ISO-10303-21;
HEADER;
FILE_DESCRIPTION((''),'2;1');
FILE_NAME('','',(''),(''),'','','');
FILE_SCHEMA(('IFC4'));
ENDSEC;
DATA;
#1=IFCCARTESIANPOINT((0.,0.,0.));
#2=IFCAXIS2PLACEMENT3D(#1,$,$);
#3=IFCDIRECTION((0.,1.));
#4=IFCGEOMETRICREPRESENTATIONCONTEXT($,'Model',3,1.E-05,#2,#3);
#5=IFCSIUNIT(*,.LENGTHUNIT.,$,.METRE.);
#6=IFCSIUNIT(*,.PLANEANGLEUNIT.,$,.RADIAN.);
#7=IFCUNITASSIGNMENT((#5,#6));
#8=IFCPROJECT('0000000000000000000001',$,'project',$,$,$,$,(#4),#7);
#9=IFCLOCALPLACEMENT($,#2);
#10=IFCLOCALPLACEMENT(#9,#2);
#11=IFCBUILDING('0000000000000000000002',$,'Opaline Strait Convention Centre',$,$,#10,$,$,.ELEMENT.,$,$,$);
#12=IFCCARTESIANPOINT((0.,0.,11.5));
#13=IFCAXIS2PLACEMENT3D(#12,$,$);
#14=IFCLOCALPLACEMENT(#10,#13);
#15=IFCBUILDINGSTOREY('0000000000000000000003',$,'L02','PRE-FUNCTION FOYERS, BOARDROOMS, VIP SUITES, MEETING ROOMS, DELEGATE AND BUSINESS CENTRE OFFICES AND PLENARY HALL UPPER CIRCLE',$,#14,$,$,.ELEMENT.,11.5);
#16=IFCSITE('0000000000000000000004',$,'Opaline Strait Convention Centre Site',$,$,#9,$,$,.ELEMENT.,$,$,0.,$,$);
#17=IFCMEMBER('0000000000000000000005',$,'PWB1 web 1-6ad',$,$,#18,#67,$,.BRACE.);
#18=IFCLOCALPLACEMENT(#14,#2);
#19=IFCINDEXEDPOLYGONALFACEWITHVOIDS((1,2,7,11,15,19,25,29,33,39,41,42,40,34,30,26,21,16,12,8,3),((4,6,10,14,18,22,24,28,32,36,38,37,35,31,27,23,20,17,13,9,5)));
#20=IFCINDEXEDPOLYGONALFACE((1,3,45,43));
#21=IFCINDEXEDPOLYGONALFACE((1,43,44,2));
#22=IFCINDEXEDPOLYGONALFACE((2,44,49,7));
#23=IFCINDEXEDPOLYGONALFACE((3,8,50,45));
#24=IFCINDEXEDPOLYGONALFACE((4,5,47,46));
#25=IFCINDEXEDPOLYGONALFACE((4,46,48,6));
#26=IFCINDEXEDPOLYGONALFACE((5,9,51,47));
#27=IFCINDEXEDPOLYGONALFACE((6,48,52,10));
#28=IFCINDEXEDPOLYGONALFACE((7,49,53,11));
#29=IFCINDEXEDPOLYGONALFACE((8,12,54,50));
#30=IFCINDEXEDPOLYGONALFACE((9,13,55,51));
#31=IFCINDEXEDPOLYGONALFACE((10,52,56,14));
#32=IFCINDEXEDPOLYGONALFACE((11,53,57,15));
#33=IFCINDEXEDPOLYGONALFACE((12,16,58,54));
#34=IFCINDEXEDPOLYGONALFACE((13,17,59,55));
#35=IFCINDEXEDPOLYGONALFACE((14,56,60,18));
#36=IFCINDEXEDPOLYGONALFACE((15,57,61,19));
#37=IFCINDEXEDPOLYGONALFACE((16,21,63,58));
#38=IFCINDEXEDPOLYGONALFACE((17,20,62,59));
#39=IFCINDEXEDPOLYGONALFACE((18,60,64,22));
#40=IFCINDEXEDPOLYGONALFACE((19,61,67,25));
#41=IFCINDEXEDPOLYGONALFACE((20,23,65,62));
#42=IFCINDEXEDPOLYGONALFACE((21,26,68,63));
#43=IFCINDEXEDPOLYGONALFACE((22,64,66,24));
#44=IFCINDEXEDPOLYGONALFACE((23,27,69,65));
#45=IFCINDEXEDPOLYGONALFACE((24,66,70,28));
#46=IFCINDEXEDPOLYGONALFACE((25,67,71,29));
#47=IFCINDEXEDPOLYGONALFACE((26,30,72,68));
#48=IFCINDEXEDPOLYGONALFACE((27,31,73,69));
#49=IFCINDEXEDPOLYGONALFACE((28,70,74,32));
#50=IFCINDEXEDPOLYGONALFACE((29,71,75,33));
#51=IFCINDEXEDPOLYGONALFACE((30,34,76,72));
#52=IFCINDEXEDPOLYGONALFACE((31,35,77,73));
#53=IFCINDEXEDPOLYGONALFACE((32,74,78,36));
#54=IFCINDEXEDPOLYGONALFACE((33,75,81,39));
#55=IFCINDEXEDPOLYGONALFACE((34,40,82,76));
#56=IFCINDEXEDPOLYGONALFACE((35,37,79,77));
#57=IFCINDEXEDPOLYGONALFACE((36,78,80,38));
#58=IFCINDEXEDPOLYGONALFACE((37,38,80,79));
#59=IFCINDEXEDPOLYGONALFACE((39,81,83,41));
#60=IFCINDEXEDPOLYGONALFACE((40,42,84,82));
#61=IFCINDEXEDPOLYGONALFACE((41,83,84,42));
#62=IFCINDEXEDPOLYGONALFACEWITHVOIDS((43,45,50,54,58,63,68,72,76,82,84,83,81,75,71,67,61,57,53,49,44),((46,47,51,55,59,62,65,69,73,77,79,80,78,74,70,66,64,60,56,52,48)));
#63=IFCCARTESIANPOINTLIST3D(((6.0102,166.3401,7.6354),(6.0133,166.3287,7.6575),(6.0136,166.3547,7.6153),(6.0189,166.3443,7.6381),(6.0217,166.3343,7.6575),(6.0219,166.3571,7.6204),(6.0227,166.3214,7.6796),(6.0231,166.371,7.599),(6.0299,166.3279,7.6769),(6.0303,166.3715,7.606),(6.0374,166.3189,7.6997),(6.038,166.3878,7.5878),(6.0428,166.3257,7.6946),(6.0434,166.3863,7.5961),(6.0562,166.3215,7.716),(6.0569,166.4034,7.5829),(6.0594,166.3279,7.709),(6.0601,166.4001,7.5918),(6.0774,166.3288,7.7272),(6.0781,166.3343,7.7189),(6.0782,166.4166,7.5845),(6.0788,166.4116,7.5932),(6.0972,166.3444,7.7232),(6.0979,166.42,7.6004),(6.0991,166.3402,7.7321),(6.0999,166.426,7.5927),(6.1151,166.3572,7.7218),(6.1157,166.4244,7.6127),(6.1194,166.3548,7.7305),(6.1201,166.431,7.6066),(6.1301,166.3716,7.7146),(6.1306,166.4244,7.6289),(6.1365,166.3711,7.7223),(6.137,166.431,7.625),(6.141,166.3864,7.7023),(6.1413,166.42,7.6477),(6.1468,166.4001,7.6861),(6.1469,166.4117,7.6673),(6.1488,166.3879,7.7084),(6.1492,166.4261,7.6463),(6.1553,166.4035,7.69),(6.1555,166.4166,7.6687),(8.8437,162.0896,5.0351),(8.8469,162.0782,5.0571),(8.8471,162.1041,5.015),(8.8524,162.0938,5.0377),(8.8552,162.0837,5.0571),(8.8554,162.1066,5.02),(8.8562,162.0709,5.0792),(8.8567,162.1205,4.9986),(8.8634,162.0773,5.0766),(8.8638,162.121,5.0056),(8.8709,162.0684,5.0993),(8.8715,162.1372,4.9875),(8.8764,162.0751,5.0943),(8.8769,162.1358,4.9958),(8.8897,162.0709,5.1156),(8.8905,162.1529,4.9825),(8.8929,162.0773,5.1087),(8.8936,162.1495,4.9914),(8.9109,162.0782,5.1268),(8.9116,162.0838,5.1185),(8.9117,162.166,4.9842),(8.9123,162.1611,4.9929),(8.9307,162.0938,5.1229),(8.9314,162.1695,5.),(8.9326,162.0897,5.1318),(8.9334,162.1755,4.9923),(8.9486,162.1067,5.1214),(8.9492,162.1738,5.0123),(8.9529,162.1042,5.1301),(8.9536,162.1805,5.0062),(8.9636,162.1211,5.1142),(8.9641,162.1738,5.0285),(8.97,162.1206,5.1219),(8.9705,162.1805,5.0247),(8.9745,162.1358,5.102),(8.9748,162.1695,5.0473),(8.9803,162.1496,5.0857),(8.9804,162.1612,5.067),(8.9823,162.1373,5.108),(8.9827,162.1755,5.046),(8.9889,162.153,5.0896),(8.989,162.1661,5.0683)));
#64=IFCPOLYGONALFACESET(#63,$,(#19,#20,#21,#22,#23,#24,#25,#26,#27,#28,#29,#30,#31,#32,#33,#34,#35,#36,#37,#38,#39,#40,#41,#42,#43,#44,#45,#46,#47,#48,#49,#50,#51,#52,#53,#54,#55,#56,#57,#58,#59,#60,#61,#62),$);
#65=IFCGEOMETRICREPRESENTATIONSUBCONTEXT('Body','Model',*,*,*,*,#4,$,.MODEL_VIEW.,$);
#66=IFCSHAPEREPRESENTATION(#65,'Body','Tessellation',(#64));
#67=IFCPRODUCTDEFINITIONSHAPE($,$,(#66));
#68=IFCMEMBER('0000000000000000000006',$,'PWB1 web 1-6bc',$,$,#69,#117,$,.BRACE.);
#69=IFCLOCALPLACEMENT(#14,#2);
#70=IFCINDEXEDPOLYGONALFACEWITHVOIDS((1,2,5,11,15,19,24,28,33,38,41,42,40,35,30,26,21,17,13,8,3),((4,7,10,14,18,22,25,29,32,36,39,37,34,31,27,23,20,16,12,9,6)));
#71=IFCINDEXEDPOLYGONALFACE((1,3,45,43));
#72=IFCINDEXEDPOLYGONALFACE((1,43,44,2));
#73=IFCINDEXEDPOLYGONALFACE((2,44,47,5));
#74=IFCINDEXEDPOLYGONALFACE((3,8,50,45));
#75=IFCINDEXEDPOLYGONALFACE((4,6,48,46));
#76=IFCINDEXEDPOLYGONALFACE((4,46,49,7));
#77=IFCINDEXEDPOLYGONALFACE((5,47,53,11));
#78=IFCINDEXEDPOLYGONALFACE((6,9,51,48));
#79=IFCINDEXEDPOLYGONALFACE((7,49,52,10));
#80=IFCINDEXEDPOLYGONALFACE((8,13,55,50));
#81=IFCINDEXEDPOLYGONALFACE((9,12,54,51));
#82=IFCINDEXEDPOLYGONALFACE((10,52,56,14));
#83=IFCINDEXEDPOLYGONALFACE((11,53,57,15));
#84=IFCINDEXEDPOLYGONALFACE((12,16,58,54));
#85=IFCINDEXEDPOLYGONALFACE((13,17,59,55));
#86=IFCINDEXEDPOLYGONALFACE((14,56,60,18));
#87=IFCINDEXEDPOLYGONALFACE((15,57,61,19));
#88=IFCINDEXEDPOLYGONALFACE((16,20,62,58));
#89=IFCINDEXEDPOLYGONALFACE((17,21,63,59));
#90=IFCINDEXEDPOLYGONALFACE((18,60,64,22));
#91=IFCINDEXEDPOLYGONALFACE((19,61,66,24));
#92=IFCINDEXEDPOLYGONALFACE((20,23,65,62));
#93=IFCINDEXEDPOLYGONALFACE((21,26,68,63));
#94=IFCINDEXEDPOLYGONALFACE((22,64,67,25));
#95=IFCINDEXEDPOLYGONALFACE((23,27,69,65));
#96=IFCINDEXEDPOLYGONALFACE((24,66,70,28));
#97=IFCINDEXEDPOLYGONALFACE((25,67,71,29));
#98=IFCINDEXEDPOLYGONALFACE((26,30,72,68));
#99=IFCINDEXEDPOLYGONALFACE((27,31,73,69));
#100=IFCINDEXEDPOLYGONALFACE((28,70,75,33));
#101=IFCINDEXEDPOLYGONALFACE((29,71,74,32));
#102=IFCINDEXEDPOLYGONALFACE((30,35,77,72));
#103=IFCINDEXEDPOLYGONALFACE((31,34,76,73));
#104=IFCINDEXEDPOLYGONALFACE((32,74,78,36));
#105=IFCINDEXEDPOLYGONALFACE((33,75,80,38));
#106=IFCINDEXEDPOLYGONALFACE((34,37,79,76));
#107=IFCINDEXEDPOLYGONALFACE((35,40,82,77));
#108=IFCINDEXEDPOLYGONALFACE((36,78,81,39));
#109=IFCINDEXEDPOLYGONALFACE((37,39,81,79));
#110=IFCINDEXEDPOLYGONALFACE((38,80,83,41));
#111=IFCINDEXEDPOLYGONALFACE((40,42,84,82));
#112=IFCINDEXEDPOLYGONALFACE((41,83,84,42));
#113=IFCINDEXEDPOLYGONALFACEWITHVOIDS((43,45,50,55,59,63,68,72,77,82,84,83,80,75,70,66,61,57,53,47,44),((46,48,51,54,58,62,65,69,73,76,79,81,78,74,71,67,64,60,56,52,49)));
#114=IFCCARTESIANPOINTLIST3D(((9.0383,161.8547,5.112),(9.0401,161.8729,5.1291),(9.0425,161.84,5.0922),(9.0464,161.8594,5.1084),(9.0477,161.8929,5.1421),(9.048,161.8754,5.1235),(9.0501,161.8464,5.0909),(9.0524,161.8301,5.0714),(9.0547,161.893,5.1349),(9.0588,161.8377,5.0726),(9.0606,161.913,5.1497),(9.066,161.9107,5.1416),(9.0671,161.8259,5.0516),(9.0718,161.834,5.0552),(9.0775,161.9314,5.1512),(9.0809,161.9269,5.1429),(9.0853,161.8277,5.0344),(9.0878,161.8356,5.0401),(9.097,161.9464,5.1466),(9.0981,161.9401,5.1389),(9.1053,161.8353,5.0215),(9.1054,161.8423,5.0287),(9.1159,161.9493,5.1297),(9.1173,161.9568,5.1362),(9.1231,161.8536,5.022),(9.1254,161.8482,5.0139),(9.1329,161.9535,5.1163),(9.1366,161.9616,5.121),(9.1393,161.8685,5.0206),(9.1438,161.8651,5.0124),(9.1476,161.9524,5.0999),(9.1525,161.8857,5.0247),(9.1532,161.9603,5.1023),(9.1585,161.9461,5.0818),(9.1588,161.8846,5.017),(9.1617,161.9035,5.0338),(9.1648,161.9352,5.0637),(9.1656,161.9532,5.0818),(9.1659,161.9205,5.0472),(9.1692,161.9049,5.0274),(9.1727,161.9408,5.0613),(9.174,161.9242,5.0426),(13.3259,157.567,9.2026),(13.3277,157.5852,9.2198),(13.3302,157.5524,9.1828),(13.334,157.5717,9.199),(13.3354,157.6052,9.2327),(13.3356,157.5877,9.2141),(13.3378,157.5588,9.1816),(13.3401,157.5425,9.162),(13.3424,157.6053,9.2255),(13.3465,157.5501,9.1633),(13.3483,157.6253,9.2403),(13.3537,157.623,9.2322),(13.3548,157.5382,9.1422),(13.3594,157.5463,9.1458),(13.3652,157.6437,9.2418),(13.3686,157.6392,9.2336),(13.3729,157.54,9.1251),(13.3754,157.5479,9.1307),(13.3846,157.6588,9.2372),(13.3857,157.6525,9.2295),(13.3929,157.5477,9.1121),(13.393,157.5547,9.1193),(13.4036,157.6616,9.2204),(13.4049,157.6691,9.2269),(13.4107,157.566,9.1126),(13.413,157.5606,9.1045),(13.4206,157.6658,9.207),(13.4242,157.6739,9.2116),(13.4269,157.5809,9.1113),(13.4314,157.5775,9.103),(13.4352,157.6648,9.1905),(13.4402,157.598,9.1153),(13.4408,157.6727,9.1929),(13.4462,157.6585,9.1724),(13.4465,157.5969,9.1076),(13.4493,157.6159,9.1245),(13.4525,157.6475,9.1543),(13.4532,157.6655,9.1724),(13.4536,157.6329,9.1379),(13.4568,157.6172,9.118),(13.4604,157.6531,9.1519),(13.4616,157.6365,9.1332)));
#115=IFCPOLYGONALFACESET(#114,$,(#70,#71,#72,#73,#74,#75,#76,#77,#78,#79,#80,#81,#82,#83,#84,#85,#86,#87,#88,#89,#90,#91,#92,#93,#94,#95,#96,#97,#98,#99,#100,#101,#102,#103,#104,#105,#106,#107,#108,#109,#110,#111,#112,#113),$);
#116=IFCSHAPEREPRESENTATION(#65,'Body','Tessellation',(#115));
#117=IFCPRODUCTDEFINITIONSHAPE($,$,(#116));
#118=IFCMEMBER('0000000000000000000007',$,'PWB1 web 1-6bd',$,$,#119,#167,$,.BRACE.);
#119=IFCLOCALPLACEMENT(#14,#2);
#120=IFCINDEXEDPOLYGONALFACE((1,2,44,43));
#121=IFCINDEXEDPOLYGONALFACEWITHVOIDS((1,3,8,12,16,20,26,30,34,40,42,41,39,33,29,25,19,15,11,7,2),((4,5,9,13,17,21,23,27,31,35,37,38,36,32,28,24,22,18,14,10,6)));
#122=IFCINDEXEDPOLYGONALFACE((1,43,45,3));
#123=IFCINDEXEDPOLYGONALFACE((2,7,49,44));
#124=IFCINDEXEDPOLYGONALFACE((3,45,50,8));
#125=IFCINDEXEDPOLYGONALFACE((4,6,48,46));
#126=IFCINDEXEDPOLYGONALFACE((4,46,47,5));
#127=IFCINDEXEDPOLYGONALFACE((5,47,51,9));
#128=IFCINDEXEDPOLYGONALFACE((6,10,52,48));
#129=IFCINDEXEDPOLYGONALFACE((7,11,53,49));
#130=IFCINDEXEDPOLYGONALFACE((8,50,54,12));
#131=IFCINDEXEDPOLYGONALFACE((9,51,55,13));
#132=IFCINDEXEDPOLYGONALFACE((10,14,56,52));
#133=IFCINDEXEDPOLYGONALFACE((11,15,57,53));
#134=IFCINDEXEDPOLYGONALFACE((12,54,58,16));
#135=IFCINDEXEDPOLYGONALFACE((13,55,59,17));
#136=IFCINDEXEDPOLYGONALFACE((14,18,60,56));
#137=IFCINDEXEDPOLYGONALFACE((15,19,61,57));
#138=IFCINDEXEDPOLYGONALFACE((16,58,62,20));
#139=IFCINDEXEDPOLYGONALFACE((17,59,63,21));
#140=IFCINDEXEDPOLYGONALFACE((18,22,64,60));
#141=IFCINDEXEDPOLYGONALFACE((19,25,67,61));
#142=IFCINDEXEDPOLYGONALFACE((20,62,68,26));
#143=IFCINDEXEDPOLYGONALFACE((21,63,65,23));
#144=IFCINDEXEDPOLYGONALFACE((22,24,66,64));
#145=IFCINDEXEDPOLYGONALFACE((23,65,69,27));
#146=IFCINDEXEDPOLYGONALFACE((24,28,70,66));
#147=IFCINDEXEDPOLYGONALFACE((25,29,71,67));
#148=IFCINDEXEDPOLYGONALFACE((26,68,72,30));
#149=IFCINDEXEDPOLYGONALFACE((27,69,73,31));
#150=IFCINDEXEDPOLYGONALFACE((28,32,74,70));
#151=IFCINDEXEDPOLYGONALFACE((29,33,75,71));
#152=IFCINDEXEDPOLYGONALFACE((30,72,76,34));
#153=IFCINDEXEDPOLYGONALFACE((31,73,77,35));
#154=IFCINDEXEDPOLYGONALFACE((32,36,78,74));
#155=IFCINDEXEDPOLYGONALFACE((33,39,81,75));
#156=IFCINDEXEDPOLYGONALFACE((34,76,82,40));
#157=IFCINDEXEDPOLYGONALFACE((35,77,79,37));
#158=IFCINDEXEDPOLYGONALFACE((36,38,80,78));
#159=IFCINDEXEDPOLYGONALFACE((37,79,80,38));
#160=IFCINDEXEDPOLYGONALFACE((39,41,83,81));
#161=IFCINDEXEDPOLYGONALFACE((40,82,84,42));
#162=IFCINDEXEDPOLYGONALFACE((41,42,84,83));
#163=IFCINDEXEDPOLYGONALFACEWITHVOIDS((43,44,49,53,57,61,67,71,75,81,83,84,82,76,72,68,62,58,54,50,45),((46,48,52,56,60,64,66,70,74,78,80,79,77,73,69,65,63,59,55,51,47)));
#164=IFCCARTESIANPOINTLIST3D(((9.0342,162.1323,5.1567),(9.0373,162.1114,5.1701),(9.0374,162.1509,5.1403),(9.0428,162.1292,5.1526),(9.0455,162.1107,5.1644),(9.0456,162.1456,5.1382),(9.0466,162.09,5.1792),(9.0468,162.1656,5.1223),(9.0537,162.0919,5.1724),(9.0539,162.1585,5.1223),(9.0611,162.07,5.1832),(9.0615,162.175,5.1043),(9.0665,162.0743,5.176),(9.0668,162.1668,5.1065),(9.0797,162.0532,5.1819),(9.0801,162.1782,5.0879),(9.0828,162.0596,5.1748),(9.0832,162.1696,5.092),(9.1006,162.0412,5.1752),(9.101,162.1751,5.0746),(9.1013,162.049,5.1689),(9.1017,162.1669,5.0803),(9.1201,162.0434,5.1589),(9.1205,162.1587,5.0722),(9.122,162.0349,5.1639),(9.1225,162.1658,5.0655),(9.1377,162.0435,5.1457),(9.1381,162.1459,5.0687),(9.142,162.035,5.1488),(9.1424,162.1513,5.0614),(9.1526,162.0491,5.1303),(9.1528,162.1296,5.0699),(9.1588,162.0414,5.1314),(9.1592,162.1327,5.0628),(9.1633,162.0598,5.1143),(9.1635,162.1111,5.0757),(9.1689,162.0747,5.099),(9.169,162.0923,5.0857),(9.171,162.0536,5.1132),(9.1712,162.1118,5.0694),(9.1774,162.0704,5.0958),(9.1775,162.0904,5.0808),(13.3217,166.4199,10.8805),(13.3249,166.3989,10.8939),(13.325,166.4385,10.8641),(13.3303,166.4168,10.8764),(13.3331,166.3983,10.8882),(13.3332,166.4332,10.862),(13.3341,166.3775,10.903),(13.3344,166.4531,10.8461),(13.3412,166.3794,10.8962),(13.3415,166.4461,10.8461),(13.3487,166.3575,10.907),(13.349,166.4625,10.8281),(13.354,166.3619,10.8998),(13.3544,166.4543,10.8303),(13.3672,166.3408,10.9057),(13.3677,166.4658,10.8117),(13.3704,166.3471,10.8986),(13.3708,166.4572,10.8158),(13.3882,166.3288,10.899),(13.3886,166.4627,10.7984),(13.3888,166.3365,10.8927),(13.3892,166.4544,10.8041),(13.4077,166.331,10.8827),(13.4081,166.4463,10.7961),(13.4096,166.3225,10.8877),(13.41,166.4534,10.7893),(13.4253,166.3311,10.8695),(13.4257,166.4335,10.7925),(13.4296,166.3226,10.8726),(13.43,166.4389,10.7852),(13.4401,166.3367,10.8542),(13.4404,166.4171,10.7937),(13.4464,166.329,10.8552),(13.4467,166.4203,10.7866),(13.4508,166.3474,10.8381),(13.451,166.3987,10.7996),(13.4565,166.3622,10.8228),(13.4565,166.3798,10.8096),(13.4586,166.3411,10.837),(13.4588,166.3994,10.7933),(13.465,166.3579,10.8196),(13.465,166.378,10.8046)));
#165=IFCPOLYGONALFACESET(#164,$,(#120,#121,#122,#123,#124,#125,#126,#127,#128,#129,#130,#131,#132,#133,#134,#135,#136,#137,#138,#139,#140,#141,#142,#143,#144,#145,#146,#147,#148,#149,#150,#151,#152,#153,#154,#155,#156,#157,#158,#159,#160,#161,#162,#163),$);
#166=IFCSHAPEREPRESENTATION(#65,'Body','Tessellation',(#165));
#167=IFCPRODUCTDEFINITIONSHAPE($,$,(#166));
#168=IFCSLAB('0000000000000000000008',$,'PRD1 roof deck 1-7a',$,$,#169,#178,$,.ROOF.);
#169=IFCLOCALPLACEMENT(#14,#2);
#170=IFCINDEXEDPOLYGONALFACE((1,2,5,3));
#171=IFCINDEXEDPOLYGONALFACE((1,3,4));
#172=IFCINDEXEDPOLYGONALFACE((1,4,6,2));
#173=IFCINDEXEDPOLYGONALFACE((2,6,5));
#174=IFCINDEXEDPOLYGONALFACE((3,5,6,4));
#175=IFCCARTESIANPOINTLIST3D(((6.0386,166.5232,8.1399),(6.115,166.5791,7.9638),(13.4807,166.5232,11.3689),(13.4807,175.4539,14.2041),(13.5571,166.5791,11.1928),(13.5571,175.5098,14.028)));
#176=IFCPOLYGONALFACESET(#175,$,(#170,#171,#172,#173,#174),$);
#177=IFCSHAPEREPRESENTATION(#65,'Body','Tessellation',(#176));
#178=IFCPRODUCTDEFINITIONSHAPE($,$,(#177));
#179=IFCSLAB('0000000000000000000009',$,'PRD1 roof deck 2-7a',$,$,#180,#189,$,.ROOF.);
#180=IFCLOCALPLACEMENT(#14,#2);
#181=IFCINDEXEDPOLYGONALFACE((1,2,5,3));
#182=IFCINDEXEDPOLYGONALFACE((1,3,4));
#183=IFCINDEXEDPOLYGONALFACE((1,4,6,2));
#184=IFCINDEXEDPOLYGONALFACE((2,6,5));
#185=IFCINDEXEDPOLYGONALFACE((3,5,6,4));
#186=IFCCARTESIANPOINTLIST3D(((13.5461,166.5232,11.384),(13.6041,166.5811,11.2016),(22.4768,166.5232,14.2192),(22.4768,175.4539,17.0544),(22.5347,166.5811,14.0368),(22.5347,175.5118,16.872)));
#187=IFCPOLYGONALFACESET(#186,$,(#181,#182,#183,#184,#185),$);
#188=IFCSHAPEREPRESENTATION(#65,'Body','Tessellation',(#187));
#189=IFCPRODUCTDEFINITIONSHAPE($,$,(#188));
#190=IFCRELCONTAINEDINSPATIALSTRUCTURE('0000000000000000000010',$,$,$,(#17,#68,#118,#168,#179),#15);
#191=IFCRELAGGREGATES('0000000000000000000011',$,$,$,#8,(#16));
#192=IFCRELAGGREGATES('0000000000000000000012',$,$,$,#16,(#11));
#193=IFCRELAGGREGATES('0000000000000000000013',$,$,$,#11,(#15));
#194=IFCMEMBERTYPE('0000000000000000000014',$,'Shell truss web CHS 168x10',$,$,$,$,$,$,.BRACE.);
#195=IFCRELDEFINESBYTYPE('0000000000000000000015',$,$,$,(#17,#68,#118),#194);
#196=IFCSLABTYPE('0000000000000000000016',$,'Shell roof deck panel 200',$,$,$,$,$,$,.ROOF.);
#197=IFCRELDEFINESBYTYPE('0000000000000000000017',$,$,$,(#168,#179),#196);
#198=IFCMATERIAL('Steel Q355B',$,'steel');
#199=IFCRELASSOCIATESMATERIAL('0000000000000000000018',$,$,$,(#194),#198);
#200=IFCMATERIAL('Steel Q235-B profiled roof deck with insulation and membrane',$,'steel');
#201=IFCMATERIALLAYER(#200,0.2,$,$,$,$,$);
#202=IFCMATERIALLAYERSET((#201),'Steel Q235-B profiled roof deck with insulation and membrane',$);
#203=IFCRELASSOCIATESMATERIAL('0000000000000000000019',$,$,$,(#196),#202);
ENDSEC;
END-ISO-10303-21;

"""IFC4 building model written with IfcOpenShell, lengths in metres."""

from ifc_helpers import new_model, si_unit, direction, frame, origin, origin_2d, place, context, subcontext, project, spatial, polyline, hollow_circle, outline, extrude, material, layer, layer_set, material_profile, profile_set, type_object, element, save


model = new_model("IFC4")

# Units and contexts
model_context = context("Model", 3, precision=1e-05, world=origin(), true_north=direction((0.0, 1.0)))
body_context = subcontext(model_context, "Body", "Model", "MODEL_VIEW")
ifc_project = project(units=[si_unit("LENGTHUNIT", "METRE"), si_unit("PLANEANGLEUNIT", "RADIAN")], contexts=[model_context])

# Site, building, storey
site_placement = place(None, origin())
site = spatial("IfcSite", under=ifc_project, at=site_placement, Name="Opaline Strait Convention Centre Site", CompositionType="ELEMENT", RefElevation=0.0)
building_placement = place(site_placement, origin())
building = spatial("IfcBuilding", under=site, at=building_placement, Name="Opaline Strait Convention Centre", CompositionType="ELEMENT")
storey_placement = place(building_placement, frame((0.0, 0.0, 11.5)))
storey = spatial("IfcBuildingStorey", under=building, at=storey_placement, Name="L02", Description="PRE-FUNCTION FOYERS, BOARDROOMS, VIP SUITES, MEETING ROOMS, DELEGATE AND BUSINESS CENTRE OFFICES AND PLENARY HALL UPPER CIRCLE", CompositionType="ELEMENT", Elevation=11.5)

# Members
ifc_material_1 = material(Name="Steel Q355B", Category="steel")
ifc_material_profile_1 = material_profile(ifc_material_1, hollow_circle(Radius=0.084, WallThickness=0.01, at=origin_2d()), Name="CHS 168x10")
ifc_profile_set_1 = profile_set([ifc_material_profile_1], Name="Steel Q355B")
member_type_1 = type_object("IfcMemberType", Name="Shell truss web CHS 168x10", PredefinedType="BRACE", material=ifc_profile_set_1)
member_1_placement = place(storey_placement, frame((8.9167, 162.1248, 5.0571), z_axis=(-0.49432, 0.741522, 0.453644), x_axis=(-0.832065, -0.554678, 0.0)))
element("IfcMember", 1, at=member_1_placement, inside=storey, type_object=member_type_1, Name="PWB1 web 1-6ad", PredefinedType="BRACE", context=body_context, shape_type="SweptSolid", body=[
    extrude(hollow_circle(Radius=0.084, WallThickness=0.01, at=origin_2d()), origin(), (0.0, 0.0, 1.0), 5.7322),
])
member_2_placement = place(storey_placement, frame((9.1062, 161.8938, 5.0818), z_axis=(0.586189, -0.586189, 0.559253), x_axis=(0.707107, 0.707107, 0.0)))
element("IfcMember", 2, at=member_2_placement, inside=storey, type_object=member_type_1, Name="PWB1 web 1-6bc", PredefinedType="BRACE", context=body_context, shape_type="SweptSolid", body=[
    extrude(hollow_circle(Radius=0.084, WallThickness=0.01, at=origin_2d()), origin(), (0.0, 0.0, 1.0), 7.3145),
])
member_3_placement = place(storey_placement, frame((9.1062, 162.1062, 5.1223), z_axis=(0.514196, 0.514196, 0.686444), x_axis=(-0.707107, 0.707107, 0.0)))
element("IfcMember", 3, at=member_3_placement, inside=storey, type_object=member_type_1, Name="PWB1 web 1-6bd", PredefinedType="BRACE", context=body_context, shape_type="SweptSolid", body=[
    extrude(hollow_circle(Radius=0.084, WallThickness=0.01, at=origin_2d()), origin(), (0.0, 0.0, 1.0), 8.3384),
])

# Slabs
ifc_material_2 = material(Name="Steel Q235-B profiled roof deck with insulation and membrane", Category="steel")
ifc_layer_1 = layer(ifc_material_2, 0.2)
ifc_layer_set_1 = layer_set([ifc_layer_1], Name="Steel Q235-B profiled roof deck with insulation and membrane")
slab_type = type_object("IfcSlabType", Name="Shell roof deck panel 200", PredefinedType="ROOF", material=ifc_layer_set_1)
slab_1_placement = place(storey_placement, frame((6.0386, 166.5232, 8.1399), z_axis=(-0.382153, -0.27962, 0.880779), x_axis=(0.917372, 0.0, 0.398031)))
element("IfcSlab", 4, at=slab_1_placement, inside=storey, type_object=slab_type, Name="PRD1 roof deck 1-7a", PredefinedType="ROOF", context=body_context, shape_type="SweptSolid", body=[
    extrude(outline(polyline([(0.0, 0.0), (8.1125, 0.0), (9.241, 9.3017), (0.0, 0.0)])), origin(), (0.0, 0.0, -1.0), 0.2),
])
slab_2_placement = place(storey_placement, frame((13.5461, 166.5232, 11.384), z_axis=(-0.289618, -0.289618, 0.912273), x_axis=(0.953122, 0.0, 0.302586)))
element("IfcSlab", 5, at=slab_2_placement, inside=storey, type_object=slab_type, Name="PRD1 roof deck 2-7a", PredefinedType="ROOF", context=body_context, shape_type="SweptSolid", body=[
    extrude(outline(polyline([(0.0, 0.0), (9.3699, 0.0), (10.2278, 9.3306), (0.0, 0.0)])), origin(), (0.0, 0.0, -1.0), 0.2),
])

save(model, "model.ifc")
